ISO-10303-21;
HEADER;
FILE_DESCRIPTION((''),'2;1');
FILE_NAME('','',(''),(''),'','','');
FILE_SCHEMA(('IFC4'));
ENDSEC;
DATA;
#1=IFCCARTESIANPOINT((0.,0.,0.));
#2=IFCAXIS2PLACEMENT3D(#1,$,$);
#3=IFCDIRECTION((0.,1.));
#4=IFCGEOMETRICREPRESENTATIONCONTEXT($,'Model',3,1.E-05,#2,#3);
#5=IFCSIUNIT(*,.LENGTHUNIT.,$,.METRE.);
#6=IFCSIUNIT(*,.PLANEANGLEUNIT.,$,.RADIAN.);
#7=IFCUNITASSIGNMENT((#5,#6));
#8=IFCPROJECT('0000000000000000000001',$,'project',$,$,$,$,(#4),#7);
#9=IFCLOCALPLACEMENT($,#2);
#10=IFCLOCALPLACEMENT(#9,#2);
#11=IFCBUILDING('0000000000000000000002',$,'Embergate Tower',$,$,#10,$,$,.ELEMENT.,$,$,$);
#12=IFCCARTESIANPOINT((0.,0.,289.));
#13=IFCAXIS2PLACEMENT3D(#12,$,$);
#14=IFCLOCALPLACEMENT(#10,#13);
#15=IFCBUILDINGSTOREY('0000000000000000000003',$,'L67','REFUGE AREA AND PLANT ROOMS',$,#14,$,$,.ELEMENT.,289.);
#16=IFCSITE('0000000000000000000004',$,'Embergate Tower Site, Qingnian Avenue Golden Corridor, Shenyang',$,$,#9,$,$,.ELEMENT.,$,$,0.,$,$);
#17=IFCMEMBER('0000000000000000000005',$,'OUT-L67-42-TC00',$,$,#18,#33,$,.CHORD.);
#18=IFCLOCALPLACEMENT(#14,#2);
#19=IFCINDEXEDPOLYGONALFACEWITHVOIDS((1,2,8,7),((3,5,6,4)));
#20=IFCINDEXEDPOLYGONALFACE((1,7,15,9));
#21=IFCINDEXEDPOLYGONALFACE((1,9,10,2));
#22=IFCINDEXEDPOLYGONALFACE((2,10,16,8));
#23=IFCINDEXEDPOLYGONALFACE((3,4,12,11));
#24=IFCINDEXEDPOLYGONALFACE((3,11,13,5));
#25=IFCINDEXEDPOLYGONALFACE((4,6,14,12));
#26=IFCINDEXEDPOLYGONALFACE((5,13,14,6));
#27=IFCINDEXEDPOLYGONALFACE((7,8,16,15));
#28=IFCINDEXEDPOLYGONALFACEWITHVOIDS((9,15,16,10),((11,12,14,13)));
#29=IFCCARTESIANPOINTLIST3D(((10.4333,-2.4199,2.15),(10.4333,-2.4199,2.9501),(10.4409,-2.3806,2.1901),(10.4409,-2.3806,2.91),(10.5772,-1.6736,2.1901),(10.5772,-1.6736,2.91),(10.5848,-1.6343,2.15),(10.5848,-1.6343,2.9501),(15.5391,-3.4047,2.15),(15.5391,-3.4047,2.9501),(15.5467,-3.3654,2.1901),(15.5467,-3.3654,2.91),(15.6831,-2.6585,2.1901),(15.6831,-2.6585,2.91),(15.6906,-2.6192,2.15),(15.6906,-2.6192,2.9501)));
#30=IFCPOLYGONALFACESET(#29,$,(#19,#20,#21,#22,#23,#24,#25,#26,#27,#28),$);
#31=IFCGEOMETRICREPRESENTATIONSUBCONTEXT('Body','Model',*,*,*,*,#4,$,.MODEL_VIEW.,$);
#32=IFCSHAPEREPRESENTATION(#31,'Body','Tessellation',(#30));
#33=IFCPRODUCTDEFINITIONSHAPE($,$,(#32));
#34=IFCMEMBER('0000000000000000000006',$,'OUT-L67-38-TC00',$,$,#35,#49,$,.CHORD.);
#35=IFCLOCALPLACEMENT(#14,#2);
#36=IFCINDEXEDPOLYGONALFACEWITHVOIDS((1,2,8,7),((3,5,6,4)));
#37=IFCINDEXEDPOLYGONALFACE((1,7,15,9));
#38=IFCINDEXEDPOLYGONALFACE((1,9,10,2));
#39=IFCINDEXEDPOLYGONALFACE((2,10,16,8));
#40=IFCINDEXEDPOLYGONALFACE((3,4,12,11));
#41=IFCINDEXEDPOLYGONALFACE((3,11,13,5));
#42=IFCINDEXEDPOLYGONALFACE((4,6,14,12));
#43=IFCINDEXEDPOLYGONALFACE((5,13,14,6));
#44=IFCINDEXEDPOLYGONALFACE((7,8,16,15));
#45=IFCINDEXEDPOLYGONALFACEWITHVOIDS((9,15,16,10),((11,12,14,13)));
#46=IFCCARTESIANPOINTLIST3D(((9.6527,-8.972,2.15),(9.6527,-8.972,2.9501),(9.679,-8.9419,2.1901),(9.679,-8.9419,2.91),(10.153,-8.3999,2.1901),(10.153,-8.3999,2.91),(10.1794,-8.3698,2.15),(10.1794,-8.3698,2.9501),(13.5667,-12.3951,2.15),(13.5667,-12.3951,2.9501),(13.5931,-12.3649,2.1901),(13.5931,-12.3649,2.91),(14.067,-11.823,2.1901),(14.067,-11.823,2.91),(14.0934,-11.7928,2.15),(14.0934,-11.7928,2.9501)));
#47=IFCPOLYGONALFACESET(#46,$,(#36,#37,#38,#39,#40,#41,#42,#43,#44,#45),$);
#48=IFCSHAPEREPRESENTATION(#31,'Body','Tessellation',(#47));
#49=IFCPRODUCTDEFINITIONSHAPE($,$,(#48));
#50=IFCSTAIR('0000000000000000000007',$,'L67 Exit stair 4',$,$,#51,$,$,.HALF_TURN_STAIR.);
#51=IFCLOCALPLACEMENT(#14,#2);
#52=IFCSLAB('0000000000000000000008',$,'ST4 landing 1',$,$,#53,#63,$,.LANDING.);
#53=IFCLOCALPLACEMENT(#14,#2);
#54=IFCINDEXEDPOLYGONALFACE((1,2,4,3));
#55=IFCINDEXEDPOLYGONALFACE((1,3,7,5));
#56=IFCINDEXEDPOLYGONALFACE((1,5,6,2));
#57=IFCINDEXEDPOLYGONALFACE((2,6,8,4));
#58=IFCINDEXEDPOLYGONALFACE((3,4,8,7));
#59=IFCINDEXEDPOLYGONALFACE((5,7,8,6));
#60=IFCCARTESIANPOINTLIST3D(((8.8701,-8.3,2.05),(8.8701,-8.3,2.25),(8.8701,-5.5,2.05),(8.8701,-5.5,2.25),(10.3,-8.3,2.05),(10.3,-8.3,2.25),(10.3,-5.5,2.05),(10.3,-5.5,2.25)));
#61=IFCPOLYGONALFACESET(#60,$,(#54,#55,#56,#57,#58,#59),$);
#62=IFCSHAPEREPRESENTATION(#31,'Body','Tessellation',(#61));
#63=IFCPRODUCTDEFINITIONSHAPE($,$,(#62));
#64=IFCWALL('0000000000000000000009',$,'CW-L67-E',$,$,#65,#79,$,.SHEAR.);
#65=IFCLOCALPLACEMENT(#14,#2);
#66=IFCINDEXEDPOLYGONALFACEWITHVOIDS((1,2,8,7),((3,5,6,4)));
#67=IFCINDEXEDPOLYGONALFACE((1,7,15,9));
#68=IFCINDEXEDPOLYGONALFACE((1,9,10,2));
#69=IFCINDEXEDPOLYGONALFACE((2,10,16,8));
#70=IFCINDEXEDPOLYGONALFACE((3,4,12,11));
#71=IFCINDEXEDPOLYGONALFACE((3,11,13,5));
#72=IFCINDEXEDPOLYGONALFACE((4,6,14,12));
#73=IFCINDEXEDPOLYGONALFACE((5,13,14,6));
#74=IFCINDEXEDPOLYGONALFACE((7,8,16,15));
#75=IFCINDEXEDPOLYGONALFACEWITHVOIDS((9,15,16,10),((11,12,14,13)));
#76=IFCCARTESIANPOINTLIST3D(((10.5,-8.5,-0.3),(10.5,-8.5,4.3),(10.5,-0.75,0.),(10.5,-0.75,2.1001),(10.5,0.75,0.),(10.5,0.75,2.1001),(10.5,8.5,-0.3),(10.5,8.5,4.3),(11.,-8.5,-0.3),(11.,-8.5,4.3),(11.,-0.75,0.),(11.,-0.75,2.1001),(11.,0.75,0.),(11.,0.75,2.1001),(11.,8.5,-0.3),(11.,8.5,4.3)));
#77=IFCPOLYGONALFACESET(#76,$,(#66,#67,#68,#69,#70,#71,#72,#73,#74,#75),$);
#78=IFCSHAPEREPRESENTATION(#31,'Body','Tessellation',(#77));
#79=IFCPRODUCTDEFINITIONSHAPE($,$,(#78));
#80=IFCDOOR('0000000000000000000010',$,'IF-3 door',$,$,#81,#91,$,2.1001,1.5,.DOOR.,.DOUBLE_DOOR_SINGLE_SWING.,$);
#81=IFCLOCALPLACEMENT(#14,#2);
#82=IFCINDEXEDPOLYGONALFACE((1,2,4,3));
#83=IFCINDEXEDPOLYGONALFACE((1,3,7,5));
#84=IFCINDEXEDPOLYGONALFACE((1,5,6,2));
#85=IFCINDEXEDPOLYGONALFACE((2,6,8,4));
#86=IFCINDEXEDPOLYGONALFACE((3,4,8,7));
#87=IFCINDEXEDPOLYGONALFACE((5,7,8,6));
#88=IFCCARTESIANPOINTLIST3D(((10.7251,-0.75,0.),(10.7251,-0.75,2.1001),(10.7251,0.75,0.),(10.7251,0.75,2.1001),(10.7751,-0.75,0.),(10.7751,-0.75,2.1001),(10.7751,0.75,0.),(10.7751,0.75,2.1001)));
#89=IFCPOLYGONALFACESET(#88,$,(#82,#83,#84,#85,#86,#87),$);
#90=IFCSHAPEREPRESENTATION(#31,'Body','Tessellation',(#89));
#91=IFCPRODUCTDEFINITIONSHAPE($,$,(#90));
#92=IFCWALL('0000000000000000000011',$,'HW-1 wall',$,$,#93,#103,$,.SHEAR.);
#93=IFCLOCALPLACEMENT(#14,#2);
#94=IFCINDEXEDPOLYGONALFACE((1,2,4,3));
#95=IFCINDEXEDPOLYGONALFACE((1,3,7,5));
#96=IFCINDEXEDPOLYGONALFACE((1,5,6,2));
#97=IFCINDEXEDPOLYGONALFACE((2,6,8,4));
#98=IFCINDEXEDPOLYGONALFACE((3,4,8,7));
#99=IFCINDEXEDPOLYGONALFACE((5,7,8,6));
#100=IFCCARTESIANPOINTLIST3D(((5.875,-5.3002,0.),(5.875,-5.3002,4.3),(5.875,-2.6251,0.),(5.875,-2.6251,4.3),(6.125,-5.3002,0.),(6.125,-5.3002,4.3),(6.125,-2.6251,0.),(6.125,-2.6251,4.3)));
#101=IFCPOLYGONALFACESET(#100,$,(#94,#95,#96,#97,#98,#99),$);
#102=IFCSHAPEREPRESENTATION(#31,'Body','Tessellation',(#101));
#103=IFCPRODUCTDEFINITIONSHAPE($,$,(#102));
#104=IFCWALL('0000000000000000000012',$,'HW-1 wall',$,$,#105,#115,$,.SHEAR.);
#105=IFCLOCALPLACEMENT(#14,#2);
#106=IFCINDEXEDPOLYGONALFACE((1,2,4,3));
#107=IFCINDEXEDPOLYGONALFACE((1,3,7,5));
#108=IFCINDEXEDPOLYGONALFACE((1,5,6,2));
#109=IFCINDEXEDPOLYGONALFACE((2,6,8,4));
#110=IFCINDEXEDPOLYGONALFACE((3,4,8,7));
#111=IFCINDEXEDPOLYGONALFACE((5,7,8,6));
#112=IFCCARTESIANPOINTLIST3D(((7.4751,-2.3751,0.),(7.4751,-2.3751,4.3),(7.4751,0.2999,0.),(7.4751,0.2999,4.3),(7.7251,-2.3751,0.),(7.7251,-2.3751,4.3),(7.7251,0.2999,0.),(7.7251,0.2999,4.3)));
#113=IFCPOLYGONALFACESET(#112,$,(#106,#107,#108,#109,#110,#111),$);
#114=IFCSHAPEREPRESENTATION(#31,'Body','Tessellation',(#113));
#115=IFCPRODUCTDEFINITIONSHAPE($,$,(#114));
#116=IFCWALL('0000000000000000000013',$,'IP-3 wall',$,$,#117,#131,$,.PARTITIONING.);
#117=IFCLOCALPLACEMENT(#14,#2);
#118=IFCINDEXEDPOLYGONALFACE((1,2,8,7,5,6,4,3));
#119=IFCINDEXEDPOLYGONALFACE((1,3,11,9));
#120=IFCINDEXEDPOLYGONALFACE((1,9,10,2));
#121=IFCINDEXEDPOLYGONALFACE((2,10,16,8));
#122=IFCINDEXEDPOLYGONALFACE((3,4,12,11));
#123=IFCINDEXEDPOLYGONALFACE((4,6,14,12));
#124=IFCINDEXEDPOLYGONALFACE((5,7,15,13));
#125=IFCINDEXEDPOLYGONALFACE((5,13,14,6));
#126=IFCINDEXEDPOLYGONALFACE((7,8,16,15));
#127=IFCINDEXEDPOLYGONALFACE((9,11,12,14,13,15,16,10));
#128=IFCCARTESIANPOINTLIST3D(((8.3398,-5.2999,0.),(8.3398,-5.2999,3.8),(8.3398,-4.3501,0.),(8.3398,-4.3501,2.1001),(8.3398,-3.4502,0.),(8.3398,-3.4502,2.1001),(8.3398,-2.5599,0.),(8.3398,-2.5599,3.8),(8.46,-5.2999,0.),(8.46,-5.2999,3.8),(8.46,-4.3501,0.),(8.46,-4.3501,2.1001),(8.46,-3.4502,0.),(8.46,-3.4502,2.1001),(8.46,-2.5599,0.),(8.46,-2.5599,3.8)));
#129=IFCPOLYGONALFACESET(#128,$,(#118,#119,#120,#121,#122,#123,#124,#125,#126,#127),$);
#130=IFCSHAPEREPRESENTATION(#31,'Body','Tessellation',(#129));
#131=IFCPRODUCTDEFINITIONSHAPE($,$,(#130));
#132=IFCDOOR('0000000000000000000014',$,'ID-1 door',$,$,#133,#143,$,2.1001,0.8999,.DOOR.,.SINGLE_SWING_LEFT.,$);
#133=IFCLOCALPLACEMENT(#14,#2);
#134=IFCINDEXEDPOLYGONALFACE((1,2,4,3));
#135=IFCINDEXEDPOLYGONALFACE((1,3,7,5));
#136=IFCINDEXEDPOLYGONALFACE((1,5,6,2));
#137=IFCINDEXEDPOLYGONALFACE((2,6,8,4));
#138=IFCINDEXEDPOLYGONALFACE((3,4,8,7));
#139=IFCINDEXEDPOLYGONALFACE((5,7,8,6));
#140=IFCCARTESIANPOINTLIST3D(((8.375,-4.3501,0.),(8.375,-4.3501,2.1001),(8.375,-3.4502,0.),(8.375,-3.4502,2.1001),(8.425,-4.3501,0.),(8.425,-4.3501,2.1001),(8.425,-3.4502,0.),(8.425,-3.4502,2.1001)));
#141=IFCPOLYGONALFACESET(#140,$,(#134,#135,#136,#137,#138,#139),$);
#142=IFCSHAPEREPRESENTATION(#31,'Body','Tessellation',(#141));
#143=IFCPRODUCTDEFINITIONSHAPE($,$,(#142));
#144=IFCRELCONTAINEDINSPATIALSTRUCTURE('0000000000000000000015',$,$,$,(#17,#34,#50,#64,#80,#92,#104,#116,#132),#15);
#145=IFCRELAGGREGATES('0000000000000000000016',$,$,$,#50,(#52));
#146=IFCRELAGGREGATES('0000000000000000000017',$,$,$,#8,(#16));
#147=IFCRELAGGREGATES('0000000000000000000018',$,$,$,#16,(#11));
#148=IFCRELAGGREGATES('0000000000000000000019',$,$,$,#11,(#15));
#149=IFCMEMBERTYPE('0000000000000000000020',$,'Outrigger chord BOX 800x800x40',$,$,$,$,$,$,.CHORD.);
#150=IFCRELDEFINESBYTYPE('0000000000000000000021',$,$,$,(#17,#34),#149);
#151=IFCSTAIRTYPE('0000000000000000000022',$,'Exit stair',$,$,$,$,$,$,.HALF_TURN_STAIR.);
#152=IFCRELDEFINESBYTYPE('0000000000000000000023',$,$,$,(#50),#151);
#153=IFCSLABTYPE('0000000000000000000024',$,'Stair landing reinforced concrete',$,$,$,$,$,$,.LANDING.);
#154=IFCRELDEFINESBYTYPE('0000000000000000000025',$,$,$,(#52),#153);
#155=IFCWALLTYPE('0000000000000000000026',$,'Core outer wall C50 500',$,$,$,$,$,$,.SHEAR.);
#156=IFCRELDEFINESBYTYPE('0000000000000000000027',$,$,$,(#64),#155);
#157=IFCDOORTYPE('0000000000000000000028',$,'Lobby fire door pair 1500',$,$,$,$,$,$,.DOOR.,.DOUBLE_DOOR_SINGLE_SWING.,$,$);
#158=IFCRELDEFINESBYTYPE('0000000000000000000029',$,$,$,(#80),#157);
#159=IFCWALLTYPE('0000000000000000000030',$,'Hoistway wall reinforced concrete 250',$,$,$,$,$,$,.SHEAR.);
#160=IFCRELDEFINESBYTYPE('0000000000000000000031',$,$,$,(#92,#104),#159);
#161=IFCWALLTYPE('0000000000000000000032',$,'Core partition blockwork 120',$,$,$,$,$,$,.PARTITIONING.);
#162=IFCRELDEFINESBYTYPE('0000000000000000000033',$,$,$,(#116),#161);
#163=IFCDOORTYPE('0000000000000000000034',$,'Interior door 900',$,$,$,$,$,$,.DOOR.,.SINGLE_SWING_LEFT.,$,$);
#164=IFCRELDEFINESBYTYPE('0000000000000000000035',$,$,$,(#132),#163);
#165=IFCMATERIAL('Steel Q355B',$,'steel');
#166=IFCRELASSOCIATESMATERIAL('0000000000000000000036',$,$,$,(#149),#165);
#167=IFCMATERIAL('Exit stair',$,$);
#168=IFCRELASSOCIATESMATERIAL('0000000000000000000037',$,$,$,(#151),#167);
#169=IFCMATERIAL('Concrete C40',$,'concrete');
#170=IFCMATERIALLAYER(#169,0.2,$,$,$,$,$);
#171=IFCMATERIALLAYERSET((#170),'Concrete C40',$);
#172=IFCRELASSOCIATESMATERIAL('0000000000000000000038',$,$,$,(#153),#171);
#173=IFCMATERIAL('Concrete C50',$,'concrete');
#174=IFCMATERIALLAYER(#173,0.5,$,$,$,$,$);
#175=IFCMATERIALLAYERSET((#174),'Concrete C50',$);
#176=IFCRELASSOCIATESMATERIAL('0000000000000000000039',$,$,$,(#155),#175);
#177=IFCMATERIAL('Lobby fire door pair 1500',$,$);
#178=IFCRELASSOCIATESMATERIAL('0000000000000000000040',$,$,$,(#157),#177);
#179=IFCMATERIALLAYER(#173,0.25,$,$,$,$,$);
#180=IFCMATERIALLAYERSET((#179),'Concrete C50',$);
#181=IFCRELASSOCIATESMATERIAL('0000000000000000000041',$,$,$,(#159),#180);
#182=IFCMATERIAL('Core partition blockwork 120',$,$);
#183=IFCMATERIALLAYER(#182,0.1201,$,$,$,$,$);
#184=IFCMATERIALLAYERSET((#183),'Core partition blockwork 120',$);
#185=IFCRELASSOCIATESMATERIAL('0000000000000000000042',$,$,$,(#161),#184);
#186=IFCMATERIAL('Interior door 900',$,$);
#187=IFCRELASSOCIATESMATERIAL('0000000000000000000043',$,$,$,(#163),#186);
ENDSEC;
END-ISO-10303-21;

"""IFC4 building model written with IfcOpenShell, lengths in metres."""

from ifc_helpers import new_model, si_unit, direction, frame, frame_2d, origin, origin_2d, place, context, subcontext, project, spatial, polyline, rectangle, hollow_rectangle, outline, extrude, source, transform, mapped, material, layer, layer_set, material_profile, profile_set, type_object, element, fill, aggregate, save


model = new_model("IFC4")

# Units and contexts
model_context = context("Model", 3, precision=1e-05, world=origin(), true_north=direction((0.0, 1.0)))
body_context = subcontext(model_context, "Body", "Model", "MODEL_VIEW")
ifc_project = project(units=[si_unit("LENGTHUNIT", "METRE"), si_unit("PLANEANGLEUNIT", "RADIAN")], contexts=[model_context])

# Site, building, storey
site_placement = place(None, origin())
site = spatial("IfcSite", under=ifc_project, at=site_placement, Name="Embergate Tower Site, Qingnian Avenue Golden Corridor, Shenyang", CompositionType="ELEMENT", RefElevation=0.0)
building_placement = place(site_placement, origin())
building = spatial("IfcBuilding", under=site, at=building_placement, Name="Embergate Tower", CompositionType="ELEMENT")
storey_placement = place(building_placement, frame((0.0, 0.0, 289.0)))
storey = spatial("IfcBuildingStorey", under=building, at=storey_placement, Name="L67", Description="REFUGE AREA AND PLANT ROOMS", CompositionType="ELEMENT", Elevation=289.0)

# Members
ifc_material_1 = material(Name="Steel Q355B", Category="steel")
ifc_material_profile = material_profile(ifc_material_1, hollow_rectangle(XDim=0.8, YDim=0.8, WallThickness=0.04, at=origin_2d()), Name="BOX 800x800x40")
ifc_profile_set = profile_set([ifc_material_profile], Name="Steel Q355 grade B")
member_type = type_object("IfcMemberType", Name="Outrigger chord BOX 800x800x40", PredefinedType="CHORD", material=ifc_profile_set)
shared_shape_1 = source(origin(), body_context, "Body", "SweptSolid", [
    extrude(hollow_rectangle(XDim=0.8, YDim=0.8, WallThickness=0.04, at=origin_2d()), origin(), (0.0, 0.0, 1.0), 5.2),
])
member_1_placement = place(storey_placement, frame((10.509, -2.0271, 2.55), z_axis=(0.981901, -0.189394, 0.0), x_axis=(0.189394, 0.981901, 0.0)))
element("IfcMember", 1, at=member_1_placement, inside=storey, type_object=member_type, Name="OUT-L67-42-TC00", PredefinedType="CHORD", context=body_context, shape_type="MappedRepresentation", body=[
    mapped(shared_shape_1, transform((0.0, 0.0, 0.0))),
])
shared_shape_2 = source(origin(), body_context, "Body", "SweptSolid", [
    extrude(hollow_rectangle(XDim=0.8, YDim=0.8, WallThickness=0.04, at=origin_2d()), origin(), (0.0, 0.0, 1.0), 5.1997),
])
member_2_placement = place(storey_placement, frame((9.916, -8.6709, 2.55), z_axis=(0.75274, -0.658318, 0.0), x_axis=(0.658318, 0.75274, 0.0)))
element("IfcMember", 2, at=member_2_placement, inside=storey, type_object=member_type, Name="OUT-L67-38-TC00", PredefinedType="CHORD", context=body_context, shape_type="MappedRepresentation", body=[
    mapped(shared_shape_2, transform((0.0, 0.0, 0.0))),
])

# Stair, slab
ifc_material_2 = material(Name="Exit stair")
stair_type = type_object("IfcStairType", Name="Exit stair", PredefinedType="HALF_TURN_STAIR", material=ifc_material_2)
stair_placement = place(storey_placement, origin())
stair = element("IfcStair", 3, at=stair_placement, inside=storey, type_object=stair_type, Name="L67 Exit stair 4", PredefinedType="HALF_TURN_STAIR")
ifc_material_3 = material(Name="Concrete C40", Category="concrete")
ifc_layer_1 = layer(ifc_material_3, 0.2)
ifc_layer_set_1 = layer_set([ifc_layer_1], Name="Concrete C40")
slab_type = type_object("IfcSlabType", Name="Stair landing reinforced concrete", PredefinedType="LANDING", material=ifc_layer_set_1)
shared_shape_3 = source(origin(), body_context, "Body", "SweptSolid", [
    extrude(outline(polyline([(0.0, 0.0), (1.4299, 0.0), (1.4299, 2.8), (0.0, 2.8), (0.0, 0.0)])), origin(), (0.0, 0.0, 1.0), 0.2),
])
slab_placement = place(storey_placement, frame((8.8701, -8.3, 2.05)))
slab = element("IfcSlab", 4, at=slab_placement, type_object=slab_type, Name="ST4 landing 1", PredefinedType="LANDING", context=body_context, shape_type="MappedRepresentation", body=[
    mapped(shared_shape_3, transform((0.0, 0.0, 0.0))),
])

# Wall, opening, door
ifc_material_4 = material(Name="Concrete C50", Category="concrete")
ifc_layer_2 = layer(ifc_material_4, 0.5)
ifc_layer_set_2 = layer_set([ifc_layer_2], Name="Concrete C50")
wall_type_1 = type_object("IfcWallType", Name="Core outer wall C50 500", PredefinedType="SHEAR", material=ifc_layer_set_2)
shared_shape_4 = source(origin(), body_context, "Body", "SweptSolid", [
    extrude(rectangle(XDim=17.0, YDim=0.5, at=frame_2d((8.5, 0.0))), origin(), (0.0, 0.0, 1.0), 4.6001),
])
wall_1_placement = place(storey_placement, frame((10.75, -8.5, -0.3), z_axis=(0.0, 0.0, 1.0), x_axis=(0.0, 1.0, 0.0)))
wall_1 = element("IfcWall", 5, at=wall_1_placement, inside=storey, type_object=wall_type_1, Name="CW-L67-E", PredefinedType="SHEAR", context=body_context, shape_type="MappedRepresentation", body=[
    mapped(shared_shape_4, transform((0.0, 0.0, 0.0))),
])
shared_shape_5 = source(origin(), body_context, "Body", "SweptSolid", [
    extrude(rectangle(XDim=1.5, YDim=2.1001, at=frame_2d((0.75, 1.05))), frame((0.0, 0.26, 0.0), z_axis=(0.0, -1.0, 0.0), x_axis=(1.0, 0.0, 0.0)), (0.0, 0.0, 1.0), 0.52),
])
opening_1_placement = place(wall_1_placement, frame((7.75, 0.0, 0.3)))
opening_1 = element("IfcOpeningElement", 6, at=opening_1_placement, cuts=wall_1, PredefinedType="OPENING", context=body_context, shape_type="MappedRepresentation", body=[
    mapped(shared_shape_5, transform((0.0, 0.0, 0.0))),
])
ifc_material_5 = material(Name="Lobby fire door pair 1500")
door_type_1 = type_object("IfcDoorType", Name="Lobby fire door pair 1500", OperationType="DOUBLE_DOOR_SINGLE_SWING", PredefinedType="DOOR", material=ifc_material_5)
shared_shape_6 = source(origin(), body_context, "Body", "SweptSolid", [
    extrude(rectangle(XDim=1.5, YDim=2.1001, at=frame_2d((0.75, 1.05))), frame((0.0, 0.0249, 0.0), z_axis=(0.0, -1.0, 0.0), x_axis=(1.0, 0.0, 0.0)), (0.0, 0.0, 1.0), 0.05),
])
door_1_placement = place(opening_1_placement, origin())
door_1 = element("IfcDoor", 7, at=door_1_placement, inside=storey, type_object=door_type_1, Name="IF-3 door", OperationType="DOUBLE_DOOR_SINGLE_SWING", OverallHeight=2.1001, OverallWidth=1.5, PredefinedType="DOOR", context=body_context, shape_type="MappedRepresentation", body=[
    mapped(shared_shape_6, transform((0.0, 0.0, 0.0))),
])
fill(opening_1, door_1)

# Walls
ifc_layer_3 = layer(ifc_material_4, 0.25)
ifc_layer_set_3 = layer_set([ifc_layer_3], Name="Concrete C50")
wall_type_2 = type_object("IfcWallType", Name="Hoistway wall reinforced concrete 250", PredefinedType="SHEAR", material=ifc_layer_set_3)
shared_shape_7 = source(origin(), body_context, "Body", "SweptSolid", [
    extrude(rectangle(XDim=2.675, YDim=0.25, at=frame_2d((1.3374, 0.0))), origin(), (0.0, 0.0, 1.0), 4.3),
])
for number, where, z_axis, x_axis, name in (
    (8, (6.0, -5.3, 0.0), (0.0, 0.0, 1.0), (0.0, 1.0, 0.0), "HW-1 wall"),
    (9, (7.6001, -2.375, 0.0), (0.0, 0.0, 1.0), (0.0, 1.0, 0.0), "HW-1 wall"),
):
    element("IfcWall", number, at=place(storey_placement, frame(where, z_axis=z_axis, x_axis=x_axis)), inside=storey, type_object=wall_type_2, Name=name, PredefinedType="SHEAR", context=body_context, shape_type="MappedRepresentation", body=[
        mapped(shared_shape_7, transform((0.0, 0.0, 0.0))),
    ])

# Wall, opening, door
ifc_material_6 = material(Name="Core partition blockwork 120")
ifc_layer_4 = layer(ifc_material_6, 0.1201)
ifc_layer_set_4 = layer_set([ifc_layer_4], Name="Core partition blockwork 120")
wall_type_3 = type_object("IfcWallType", Name="Core partition blockwork 120", PredefinedType="PARTITIONING", material=ifc_layer_set_4)
shared_shape_8 = source(origin(), body_context, "Body", "SweptSolid", [
    extrude(rectangle(XDim=2.74, YDim=0.1201, at=frame_2d((1.3701, 0.0))), origin(), (0.0, 0.0, 1.0), 3.8),
])
wall_2_placement = place(storey_placement, frame((8.3999, -5.3, 0.0), z_axis=(0.0, 0.0, 1.0), x_axis=(0.0, 1.0, 0.0)))
wall_2 = element("IfcWall", 10, at=wall_2_placement, inside=storey, type_object=wall_type_3, Name="IP-3 wall", PredefinedType="PARTITIONING", context=body_context, shape_type="MappedRepresentation", body=[
    mapped(shared_shape_8, transform((0.0, 0.0, 0.0))),
])
shared_shape_9 = source(origin(), body_context, "Body", "SweptSolid", [
    extrude(rectangle(XDim=0.8999, YDim=2.1001, at=frame_2d((0.45, 1.05))), frame((0.0, 0.0701, 0.0), z_axis=(0.0, -1.0, 0.0), x_axis=(1.0, 0.0, 0.0)), (0.0, 0.0, 1.0), 0.1401),
])
opening_2_placement = place(wall_2_placement, frame((0.95, 0.0, 0.0)))
opening_2 = element("IfcOpeningElement", 11, at=opening_2_placement, cuts=wall_2, PredefinedType="OPENING", context=body_context, shape_type="MappedRepresentation", body=[
    mapped(shared_shape_9, transform((0.0, 0.0, 0.0))),
])
ifc_material_7 = material(Name="Interior door 900")
door_type_2 = type_object("IfcDoorType", Name="Interior door 900", OperationType="SINGLE_SWING_LEFT", PredefinedType="DOOR", material=ifc_material_7)
shared_shape_10 = source(origin(), body_context, "Body", "SweptSolid", [
    extrude(rectangle(XDim=0.8999, YDim=2.1001, at=frame_2d((0.45, 1.05))), frame((0.0, 0.0249, 0.0), z_axis=(0.0, -1.0, 0.0), x_axis=(1.0, 0.0, 0.0)), (0.0, 0.0, 1.0), 0.05),
])
door_2_placement = place(opening_2_placement, origin())
door_2 = element("IfcDoor", 12, at=door_2_placement, inside=storey, type_object=door_type_2, Name="ID-1 door", OperationType="SINGLE_SWING_LEFT", OverallHeight=2.1001, OverallWidth=0.8999, PredefinedType="DOOR", context=body_context, shape_type="MappedRepresentation", body=[
    mapped(shared_shape_10, transform((0.0, 0.0, 0.0))),
])
fill(opening_2, door_2)

aggregate(stair, [slab])

save(model, "model.ifc")
